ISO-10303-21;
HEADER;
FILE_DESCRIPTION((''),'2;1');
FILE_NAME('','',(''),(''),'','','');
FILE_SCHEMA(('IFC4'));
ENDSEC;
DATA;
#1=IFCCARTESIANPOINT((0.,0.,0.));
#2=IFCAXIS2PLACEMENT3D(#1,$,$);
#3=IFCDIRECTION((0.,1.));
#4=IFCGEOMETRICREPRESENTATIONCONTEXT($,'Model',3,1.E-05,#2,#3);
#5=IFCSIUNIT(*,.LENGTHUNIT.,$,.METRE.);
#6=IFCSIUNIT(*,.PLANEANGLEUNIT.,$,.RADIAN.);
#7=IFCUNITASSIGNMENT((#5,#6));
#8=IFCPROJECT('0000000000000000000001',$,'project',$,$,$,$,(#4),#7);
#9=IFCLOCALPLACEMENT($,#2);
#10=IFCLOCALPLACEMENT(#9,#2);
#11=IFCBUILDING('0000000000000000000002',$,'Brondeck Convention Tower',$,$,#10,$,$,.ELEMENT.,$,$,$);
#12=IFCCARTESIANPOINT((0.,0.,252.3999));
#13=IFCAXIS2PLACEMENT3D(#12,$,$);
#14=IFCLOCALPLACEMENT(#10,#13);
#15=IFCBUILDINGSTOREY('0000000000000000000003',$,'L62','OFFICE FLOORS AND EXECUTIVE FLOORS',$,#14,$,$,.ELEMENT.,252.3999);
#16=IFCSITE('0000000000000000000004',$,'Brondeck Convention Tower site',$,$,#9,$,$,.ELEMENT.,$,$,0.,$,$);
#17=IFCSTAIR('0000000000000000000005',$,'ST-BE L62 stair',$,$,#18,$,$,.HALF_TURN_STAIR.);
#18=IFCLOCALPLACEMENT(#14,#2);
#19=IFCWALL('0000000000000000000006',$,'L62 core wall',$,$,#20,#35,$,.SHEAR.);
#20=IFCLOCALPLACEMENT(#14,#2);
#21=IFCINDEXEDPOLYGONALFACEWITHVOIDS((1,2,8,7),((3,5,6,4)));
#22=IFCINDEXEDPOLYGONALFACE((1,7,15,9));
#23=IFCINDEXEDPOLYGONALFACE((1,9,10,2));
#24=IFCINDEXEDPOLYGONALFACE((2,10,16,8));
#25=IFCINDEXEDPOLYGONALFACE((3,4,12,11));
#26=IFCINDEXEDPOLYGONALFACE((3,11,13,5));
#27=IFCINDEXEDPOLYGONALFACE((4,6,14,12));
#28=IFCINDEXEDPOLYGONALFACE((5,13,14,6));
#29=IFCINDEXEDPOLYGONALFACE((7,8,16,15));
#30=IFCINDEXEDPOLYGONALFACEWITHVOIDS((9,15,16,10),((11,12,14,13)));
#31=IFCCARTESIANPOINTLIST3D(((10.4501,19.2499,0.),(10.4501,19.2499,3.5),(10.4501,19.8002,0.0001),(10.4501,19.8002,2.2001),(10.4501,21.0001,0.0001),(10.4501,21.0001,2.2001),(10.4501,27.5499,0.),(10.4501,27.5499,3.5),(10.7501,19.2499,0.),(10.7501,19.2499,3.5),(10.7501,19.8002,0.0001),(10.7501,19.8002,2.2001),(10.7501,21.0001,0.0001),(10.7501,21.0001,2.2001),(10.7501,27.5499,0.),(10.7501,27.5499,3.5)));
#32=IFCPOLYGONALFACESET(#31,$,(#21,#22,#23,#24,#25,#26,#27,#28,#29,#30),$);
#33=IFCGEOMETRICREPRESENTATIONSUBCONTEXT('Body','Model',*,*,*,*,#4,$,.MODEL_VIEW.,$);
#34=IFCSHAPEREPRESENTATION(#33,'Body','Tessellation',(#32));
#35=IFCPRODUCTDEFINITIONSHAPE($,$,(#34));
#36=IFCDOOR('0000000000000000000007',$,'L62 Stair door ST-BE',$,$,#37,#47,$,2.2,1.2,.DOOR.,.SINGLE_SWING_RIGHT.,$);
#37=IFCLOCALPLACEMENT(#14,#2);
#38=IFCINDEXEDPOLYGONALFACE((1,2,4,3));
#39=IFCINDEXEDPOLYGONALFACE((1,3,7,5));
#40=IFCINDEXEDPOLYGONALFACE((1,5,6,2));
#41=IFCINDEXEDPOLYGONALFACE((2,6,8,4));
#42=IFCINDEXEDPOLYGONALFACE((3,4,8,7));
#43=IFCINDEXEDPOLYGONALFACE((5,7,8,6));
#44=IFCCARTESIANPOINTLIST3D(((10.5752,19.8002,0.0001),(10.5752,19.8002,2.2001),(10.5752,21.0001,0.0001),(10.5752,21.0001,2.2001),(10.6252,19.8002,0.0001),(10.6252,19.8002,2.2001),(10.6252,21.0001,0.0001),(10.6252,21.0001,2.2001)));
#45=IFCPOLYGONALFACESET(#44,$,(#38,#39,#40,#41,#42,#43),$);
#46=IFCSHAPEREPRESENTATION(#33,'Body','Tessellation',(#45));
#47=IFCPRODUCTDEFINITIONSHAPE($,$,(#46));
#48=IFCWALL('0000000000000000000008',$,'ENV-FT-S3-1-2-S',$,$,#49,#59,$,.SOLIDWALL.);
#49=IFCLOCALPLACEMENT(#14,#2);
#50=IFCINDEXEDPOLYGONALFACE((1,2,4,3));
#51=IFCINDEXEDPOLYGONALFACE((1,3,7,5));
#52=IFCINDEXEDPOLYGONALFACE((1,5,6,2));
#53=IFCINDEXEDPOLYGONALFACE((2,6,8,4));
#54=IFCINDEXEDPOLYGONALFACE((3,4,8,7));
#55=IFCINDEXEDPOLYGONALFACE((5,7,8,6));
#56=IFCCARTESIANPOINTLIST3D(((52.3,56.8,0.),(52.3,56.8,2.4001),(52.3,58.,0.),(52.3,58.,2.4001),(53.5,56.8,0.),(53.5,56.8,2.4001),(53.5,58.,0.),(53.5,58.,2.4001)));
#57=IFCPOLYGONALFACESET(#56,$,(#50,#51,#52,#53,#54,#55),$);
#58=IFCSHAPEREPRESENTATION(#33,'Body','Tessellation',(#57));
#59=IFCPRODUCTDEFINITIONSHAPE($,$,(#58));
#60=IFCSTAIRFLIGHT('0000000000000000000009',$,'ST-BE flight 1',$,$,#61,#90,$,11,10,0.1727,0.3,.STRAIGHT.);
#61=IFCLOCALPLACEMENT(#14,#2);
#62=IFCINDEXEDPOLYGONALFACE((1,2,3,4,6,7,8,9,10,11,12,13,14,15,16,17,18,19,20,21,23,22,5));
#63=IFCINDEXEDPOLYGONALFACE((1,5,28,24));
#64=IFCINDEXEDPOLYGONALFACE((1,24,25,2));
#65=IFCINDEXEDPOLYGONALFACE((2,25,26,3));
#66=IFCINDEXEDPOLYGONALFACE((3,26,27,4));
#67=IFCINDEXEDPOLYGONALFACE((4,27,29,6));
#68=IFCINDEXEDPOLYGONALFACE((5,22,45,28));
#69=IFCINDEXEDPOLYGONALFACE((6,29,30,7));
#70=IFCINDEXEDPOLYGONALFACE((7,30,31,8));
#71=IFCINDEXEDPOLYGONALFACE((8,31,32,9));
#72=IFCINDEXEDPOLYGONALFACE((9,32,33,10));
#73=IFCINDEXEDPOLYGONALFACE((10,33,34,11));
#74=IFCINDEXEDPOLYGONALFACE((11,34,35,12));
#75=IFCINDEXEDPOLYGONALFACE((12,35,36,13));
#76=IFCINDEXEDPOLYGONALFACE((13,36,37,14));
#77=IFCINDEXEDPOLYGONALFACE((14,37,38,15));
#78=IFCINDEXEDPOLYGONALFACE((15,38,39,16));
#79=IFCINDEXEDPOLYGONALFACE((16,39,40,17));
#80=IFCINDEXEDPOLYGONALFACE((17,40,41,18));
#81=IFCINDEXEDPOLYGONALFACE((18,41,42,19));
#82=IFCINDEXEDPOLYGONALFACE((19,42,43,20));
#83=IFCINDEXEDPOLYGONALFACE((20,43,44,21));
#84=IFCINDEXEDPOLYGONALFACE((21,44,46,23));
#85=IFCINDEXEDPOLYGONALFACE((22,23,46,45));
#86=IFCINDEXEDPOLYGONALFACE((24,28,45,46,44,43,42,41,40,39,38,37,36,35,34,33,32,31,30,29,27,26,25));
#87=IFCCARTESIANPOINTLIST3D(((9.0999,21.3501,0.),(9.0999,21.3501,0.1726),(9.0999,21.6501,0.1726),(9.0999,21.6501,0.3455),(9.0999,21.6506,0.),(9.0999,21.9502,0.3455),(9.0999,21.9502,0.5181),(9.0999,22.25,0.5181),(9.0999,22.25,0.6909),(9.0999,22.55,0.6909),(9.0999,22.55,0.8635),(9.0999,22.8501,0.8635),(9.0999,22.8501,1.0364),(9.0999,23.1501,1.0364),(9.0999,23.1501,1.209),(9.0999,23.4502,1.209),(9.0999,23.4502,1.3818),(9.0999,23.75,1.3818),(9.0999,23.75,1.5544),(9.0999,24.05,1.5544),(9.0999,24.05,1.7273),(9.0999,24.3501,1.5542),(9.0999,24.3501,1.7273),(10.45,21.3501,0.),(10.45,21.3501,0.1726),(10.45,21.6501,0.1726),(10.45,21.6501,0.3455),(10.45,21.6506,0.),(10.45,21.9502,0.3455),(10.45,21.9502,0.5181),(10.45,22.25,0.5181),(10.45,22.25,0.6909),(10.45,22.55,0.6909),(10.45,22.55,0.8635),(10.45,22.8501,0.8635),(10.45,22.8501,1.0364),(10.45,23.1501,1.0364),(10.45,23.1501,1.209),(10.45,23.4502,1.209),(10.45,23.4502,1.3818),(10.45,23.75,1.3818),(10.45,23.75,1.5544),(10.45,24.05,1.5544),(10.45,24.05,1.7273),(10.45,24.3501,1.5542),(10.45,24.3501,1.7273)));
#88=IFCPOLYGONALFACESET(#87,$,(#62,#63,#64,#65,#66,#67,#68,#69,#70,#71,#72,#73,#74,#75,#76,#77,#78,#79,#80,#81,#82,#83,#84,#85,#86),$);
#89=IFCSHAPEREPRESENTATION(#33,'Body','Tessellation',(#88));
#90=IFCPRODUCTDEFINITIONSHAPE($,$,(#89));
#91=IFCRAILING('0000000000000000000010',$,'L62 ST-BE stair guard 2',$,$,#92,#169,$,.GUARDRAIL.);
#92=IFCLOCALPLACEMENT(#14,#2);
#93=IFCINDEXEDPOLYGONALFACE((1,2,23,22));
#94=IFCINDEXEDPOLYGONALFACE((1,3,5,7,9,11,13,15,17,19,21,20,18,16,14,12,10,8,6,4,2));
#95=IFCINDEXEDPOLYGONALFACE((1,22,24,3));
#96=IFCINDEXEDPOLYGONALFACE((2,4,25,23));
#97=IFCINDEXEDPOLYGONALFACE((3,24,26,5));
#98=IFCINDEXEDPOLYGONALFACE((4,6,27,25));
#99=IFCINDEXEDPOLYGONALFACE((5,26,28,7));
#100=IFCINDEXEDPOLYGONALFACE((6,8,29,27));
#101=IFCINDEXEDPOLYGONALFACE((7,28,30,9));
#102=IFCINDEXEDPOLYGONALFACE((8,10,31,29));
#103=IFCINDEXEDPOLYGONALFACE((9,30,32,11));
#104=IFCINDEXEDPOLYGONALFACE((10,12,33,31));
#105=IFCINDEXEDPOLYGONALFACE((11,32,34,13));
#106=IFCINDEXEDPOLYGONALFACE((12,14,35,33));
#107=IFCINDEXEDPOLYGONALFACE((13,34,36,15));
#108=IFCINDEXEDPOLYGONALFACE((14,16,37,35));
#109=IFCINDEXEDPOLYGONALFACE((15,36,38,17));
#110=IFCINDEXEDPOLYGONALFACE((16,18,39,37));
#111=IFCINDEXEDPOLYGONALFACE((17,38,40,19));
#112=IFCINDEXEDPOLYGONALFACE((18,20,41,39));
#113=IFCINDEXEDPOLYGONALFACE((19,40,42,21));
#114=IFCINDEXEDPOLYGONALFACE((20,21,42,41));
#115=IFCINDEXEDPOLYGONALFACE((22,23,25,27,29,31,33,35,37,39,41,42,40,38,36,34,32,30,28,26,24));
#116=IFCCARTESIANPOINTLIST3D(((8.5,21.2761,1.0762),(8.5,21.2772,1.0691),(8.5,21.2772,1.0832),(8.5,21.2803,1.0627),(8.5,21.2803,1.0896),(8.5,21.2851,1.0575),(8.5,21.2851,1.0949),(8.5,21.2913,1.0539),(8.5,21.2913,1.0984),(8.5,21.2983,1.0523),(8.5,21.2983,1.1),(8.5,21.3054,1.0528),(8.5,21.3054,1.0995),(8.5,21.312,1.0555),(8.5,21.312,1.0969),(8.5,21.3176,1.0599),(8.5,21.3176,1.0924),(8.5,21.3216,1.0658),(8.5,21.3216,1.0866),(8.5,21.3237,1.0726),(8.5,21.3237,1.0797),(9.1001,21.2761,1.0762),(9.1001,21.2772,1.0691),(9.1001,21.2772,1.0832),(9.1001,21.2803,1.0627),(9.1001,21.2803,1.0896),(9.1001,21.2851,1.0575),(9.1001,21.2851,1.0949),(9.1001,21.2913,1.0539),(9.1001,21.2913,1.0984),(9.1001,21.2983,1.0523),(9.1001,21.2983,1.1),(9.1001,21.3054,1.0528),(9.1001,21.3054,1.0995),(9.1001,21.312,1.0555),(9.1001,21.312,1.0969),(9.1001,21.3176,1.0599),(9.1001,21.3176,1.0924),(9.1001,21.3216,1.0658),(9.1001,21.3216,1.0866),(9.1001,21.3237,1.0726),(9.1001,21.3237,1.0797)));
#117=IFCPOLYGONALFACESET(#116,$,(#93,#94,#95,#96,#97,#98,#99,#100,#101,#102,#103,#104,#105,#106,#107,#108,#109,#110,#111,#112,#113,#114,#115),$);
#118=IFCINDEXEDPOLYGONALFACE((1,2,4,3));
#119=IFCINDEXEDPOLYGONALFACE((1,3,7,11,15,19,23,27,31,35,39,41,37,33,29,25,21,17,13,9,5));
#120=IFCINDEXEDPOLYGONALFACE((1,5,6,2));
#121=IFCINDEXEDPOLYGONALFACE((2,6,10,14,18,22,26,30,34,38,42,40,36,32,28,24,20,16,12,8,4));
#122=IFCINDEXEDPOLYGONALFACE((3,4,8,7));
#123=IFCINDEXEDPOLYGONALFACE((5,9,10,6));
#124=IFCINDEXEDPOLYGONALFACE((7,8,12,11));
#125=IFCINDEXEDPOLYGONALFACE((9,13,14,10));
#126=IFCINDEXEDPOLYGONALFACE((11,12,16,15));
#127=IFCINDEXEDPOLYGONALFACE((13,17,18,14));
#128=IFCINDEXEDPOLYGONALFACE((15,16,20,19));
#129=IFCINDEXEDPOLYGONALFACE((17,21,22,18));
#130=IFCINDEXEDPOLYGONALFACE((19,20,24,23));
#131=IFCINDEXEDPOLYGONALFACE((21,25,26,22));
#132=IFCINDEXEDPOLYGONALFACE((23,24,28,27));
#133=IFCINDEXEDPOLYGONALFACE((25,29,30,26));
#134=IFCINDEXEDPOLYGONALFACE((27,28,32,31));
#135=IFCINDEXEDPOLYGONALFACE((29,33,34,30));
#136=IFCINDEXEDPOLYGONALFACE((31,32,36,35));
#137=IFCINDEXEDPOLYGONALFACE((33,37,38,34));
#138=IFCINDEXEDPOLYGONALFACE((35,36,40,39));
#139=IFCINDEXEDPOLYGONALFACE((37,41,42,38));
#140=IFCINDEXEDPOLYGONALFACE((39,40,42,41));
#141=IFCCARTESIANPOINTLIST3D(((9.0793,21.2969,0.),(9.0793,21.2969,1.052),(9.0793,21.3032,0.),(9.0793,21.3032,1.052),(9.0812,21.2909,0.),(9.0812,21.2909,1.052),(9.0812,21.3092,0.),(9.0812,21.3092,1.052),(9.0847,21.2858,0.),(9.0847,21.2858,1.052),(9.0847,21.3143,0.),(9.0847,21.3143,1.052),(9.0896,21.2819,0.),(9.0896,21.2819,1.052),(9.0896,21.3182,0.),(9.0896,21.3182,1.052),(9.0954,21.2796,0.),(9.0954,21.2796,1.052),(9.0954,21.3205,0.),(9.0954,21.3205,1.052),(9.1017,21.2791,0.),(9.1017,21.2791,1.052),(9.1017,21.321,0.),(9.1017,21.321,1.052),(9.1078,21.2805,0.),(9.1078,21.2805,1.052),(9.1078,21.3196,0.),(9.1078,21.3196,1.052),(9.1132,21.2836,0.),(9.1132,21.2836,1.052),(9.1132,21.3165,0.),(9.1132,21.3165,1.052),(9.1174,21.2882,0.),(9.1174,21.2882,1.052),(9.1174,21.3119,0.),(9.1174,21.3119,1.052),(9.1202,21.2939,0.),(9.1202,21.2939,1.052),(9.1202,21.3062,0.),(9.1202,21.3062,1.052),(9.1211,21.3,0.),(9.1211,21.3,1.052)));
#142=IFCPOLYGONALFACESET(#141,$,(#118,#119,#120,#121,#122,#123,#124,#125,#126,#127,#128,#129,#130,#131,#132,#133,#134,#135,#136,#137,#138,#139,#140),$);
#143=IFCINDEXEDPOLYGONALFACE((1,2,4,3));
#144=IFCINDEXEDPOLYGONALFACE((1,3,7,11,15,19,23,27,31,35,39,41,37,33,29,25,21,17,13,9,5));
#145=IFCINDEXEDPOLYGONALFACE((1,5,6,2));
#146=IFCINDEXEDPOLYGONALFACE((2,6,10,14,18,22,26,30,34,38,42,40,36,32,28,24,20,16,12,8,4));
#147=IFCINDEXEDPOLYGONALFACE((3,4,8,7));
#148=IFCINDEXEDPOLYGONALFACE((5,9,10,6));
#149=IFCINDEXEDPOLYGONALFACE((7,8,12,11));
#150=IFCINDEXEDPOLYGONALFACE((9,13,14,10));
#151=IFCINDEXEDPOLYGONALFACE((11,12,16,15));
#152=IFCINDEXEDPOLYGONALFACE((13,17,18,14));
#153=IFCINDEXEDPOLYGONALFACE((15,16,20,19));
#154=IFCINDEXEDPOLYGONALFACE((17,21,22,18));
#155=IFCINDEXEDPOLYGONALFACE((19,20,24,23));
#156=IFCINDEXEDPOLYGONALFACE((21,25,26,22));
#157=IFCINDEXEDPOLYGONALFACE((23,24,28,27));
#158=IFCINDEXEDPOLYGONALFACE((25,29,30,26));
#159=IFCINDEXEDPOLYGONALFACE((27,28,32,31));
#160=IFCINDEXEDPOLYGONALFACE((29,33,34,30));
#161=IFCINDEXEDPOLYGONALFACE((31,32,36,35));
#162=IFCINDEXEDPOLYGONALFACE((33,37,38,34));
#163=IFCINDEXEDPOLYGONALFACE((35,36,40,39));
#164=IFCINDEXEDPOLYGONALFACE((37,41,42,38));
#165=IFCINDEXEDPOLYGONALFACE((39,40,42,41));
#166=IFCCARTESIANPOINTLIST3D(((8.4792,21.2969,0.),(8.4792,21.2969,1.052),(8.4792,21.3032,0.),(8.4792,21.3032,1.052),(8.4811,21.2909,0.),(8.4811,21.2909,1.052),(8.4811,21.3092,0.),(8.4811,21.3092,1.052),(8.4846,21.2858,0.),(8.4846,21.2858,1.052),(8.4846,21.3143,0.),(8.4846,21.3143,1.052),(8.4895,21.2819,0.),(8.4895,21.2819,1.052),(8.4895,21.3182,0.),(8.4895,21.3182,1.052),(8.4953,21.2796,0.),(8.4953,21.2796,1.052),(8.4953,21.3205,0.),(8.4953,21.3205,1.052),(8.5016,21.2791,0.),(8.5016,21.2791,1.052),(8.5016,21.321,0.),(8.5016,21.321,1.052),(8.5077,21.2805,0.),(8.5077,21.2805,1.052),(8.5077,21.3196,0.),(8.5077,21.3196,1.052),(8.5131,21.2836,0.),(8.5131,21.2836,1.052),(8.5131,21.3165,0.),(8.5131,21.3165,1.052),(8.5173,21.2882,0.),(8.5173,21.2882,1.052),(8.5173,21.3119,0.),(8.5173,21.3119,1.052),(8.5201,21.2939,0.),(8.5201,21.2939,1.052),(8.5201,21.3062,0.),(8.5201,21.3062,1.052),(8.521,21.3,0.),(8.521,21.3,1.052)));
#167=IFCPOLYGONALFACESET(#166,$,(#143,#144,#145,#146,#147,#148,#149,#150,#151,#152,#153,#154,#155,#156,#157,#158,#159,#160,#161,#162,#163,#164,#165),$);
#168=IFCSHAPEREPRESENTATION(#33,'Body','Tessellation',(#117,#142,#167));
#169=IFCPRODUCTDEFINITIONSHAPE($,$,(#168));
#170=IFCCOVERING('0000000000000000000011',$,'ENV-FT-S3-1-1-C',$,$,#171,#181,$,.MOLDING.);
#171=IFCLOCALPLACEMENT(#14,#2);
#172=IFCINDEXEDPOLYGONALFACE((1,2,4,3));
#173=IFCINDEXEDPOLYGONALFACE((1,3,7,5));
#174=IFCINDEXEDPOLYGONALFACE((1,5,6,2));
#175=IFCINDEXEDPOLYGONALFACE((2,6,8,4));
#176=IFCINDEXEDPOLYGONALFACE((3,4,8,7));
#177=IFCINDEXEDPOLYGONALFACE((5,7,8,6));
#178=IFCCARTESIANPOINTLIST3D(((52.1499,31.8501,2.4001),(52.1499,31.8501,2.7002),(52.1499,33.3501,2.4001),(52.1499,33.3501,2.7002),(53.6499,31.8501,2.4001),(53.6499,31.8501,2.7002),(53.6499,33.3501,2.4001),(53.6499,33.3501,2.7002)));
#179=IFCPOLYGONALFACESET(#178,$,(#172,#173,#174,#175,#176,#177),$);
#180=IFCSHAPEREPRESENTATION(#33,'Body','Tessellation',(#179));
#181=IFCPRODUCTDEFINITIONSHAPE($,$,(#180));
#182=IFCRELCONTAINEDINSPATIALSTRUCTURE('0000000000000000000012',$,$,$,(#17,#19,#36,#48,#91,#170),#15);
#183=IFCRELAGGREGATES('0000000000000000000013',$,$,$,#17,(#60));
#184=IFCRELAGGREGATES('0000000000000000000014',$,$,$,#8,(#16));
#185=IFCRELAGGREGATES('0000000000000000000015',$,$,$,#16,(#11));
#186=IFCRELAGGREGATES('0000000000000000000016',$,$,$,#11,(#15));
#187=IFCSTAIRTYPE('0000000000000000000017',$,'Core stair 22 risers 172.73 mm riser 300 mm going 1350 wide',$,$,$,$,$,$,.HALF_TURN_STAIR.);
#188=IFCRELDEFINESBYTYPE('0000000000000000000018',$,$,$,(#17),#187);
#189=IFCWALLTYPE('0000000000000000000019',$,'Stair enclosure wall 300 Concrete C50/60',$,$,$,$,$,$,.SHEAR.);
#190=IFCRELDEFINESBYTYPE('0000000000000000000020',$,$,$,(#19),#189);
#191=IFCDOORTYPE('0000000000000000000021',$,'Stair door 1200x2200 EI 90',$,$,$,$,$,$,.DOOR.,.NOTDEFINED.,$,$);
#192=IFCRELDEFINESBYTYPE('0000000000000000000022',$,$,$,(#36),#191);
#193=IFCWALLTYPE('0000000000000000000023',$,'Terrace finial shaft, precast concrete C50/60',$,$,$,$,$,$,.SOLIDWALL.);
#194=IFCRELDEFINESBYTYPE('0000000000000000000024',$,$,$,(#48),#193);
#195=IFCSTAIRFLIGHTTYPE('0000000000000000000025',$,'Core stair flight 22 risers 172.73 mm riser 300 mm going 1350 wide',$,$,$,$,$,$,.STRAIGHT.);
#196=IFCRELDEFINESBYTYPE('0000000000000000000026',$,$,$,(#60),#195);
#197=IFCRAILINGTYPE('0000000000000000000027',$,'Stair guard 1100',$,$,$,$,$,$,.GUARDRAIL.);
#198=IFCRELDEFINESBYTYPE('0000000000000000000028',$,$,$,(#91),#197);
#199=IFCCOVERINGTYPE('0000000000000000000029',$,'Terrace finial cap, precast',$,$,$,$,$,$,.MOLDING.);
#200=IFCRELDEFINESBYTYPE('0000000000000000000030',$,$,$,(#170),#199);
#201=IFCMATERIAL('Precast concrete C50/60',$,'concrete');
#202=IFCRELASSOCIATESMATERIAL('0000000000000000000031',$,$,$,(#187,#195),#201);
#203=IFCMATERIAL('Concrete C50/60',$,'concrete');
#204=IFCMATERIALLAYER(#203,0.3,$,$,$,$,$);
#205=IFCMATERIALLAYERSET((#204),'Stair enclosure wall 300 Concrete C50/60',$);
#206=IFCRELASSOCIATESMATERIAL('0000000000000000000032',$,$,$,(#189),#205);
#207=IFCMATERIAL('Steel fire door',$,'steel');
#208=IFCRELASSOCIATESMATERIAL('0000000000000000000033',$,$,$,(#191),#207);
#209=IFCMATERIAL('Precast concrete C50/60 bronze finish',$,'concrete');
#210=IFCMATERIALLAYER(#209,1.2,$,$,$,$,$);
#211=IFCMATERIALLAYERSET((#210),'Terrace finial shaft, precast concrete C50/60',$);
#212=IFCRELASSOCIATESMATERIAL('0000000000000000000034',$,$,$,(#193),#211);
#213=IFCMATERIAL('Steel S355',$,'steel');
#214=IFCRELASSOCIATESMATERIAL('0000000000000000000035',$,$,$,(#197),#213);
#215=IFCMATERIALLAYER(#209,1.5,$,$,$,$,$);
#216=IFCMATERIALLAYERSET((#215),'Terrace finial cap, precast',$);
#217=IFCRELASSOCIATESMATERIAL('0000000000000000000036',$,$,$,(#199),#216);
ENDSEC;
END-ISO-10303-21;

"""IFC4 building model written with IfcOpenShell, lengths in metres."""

from ifc_helpers import new_model, si_unit, direction, frame, frame_2d, origin, origin_2d, place, context, subcontext, project, spatial, polyline, rectangle, circle, outline, extrude, material, layer, layer_set, type_object, element, fill, aggregate, save


model = new_model("IFC4")

# Units and contexts
model_context = context("Model", 3, precision=1e-05, world=origin(), true_north=direction((0.0, 1.0)))
body_context = subcontext(model_context, "Body", "Model", "MODEL_VIEW")
ifc_project = project(units=[si_unit("LENGTHUNIT", "METRE"), si_unit("PLANEANGLEUNIT", "RADIAN")], contexts=[model_context])

# Site, building, storey
site_placement = place(None, origin())
site = spatial("IfcSite", under=ifc_project, at=site_placement, Name="Brondeck Convention Tower site", CompositionType="ELEMENT", RefElevation=0.0)
building_placement = place(site_placement, origin())
building = spatial("IfcBuilding", under=site, at=building_placement, Name="Brondeck Convention Tower", CompositionType="ELEMENT")
storey_placement = place(building_placement, frame((0.0, 0.0, 252.3999)))
storey = spatial("IfcBuildingStorey", under=building, at=storey_placement, Name="L62", Description="OFFICE FLOORS AND EXECUTIVE FLOORS", CompositionType="ELEMENT", Elevation=252.3999)

# Shared definitions
ifc_material_1 = material(Name="Concrete C50/60", Category="concrete")

# Shared definitions
ifc_material_2 = material(Name="Precast concrete C50/60", Category="concrete")

# Stair
stair_type = type_object("IfcStairType", Name="Core stair 22 risers 172.73 mm riser 300 mm going 1350 wide", PredefinedType="HALF_TURN_STAIR", material=ifc_material_2)
stair_1_placement = place(storey_placement, origin())
stair_1 = element("IfcStair", 1, at=stair_1_placement, inside=storey, type_object=stair_type, Name="ST-BE L62 stair", PredefinedType="HALF_TURN_STAIR")

# Shared definitions
ifc_material_3 = material(Name="Precast concrete C50/60 bronze finish", Category="concrete")
ifc_layer_1 = layer(ifc_material_1, 0.3)
ifc_layer_set_1 = layer_set([ifc_layer_1], Name="Stair enclosure wall 300 Concrete C50/60")
wall_type_1 = type_object("IfcWallType", Name="Stair enclosure wall 300 Concrete C50/60", PredefinedType="SHEAR", material=ifc_layer_set_1)

# Wall, opening, door
wall_1_placement = place(storey_placement, frame((10.6001, 19.25, 0.0), z_axis=(0.0, 0.0, 1.0), x_axis=(0.0, 1.0, 0.0)))
wall_1 = element("IfcWall", 2, at=wall_1_placement, inside=storey, type_object=wall_type_1, Name="L62 core wall", PredefinedType="SHEAR", context=body_context, shape_type="SweptSolid", body=[
    extrude(rectangle(XDim=8.3, YDim=0.3, at=frame_2d((4.1499, 0.0))), origin(), (0.0, 0.0, 1.0), 3.5),
])
opening_placement = place(wall_1_placement, frame((0.55, 0.0, 0.0)))
opening = element("IfcOpeningElement", 3, at=opening_placement, cuts=wall_1, PredefinedType="OPENING", context=body_context, shape_type="SweptSolid", body=[
    extrude(rectangle(XDim=1.2, YDim=2.2, at=frame_2d((0.6001, 1.1001))), frame((0.0, 0.1599, 0.0), z_axis=(0.0, -1.0, 0.0), x_axis=(1.0, 0.0, 0.0)), (0.0, 0.0, 1.0), 0.3201),
])
ifc_material_4 = material(Name="Steel fire door", Category="steel")
door_type = type_object("IfcDoorType", Name="Stair door 1200x2200 EI 90", OperationType="NOTDEFINED", PredefinedType="DOOR", material=ifc_material_4)
door_placement = place(opening_placement, origin())
door = element("IfcDoor", 4, at=door_placement, inside=storey, type_object=door_type, Name="L62 Stair door ST-BE", OperationType="SINGLE_SWING_RIGHT", OverallHeight=2.2, OverallWidth=1.2, PredefinedType="DOOR", context=body_context, shape_type="SweptSolid", body=[
    extrude(rectangle(XDim=1.2, YDim=2.2, at=frame_2d((0.6001, 1.1001))), frame((0.0, 0.0249, 0.0), z_axis=(0.0, -1.0, 0.0), x_axis=(1.0, 0.0, 0.0)), (0.0, 0.0, 1.0), 0.05),
])
fill(opening, door)

# Wall
ifc_layer_2 = layer(ifc_material_3, 1.2)
ifc_layer_set_2 = layer_set([ifc_layer_2], Name="Terrace finial shaft, precast concrete C50/60")
wall_type_2 = type_object("IfcWallType", Name="Terrace finial shaft, precast concrete C50/60", PredefinedType="SOLIDWALL", material=ifc_layer_set_2)
wall_2_placement = place(storey_placement, origin())
element("IfcWall", 5, at=wall_2_placement, inside=storey, type_object=wall_type_2, Name="ENV-FT-S3-1-2-S", PredefinedType="SOLIDWALL", context=body_context, shape_type="SweptSolid", body=[
    extrude(outline(polyline([(53.5, 56.8), (53.5, 58.0), (52.3, 58.0), (52.3, 56.8), (53.5, 56.8)])), origin(), (0.0, 0.0, 1.0), 2.4001),
])

# Stair flight
stair_flight_type = type_object("IfcStairFlightType", Name="Core stair flight 22 risers 172.73 mm riser 300 mm going 1350 wide", PredefinedType="STRAIGHT", material=ifc_material_2)
stair_flight_placement = place(storey_placement, frame((9.7749, 21.3501, 0.0), z_axis=(0.0, 0.0, 1.0), x_axis=(0.0, 1.0, 0.0)))
stair_flight = element("IfcStairFlight", 6, at=stair_flight_placement, type_object=stair_flight_type, Name="ST-BE flight 1", NumberOfRisers=11, NumberOfTreads=10, PredefinedType="STRAIGHT", RiserHeight=0.1727, TreadLength=0.3, context=body_context, shape_type="SweptSolid", body=[
    extrude(outline(polyline([(0.0, 0.0), (0.0, 0.1726), (0.3, 0.1726), (0.3, 0.3455), (0.6001, 0.3455), (0.6001, 0.5181), (0.8999, 0.5181), (0.8999, 0.6909), (1.2, 0.6909), (1.2, 0.8635), (1.5, 0.8635), (1.5, 1.0364), (1.8, 1.0364), (1.8, 1.209), (2.1001, 1.209), (2.1001, 1.3818), (2.3999, 1.3818), (2.3999, 1.5544), (2.7, 1.5544), (2.7, 1.7273), (3.0, 1.7273), (3.0, 1.8999), (3.0, 1.5542), (0.3005, 0.0), (0.0, 0.0)])), frame((0.0, 0.675, 0.0), z_axis=(0.0, -1.0, 0.0), x_axis=(1.0, 0.0, 0.0)), (0.0, 0.0, 1.0), 1.3501),
])
aggregate(stair_1, [stair_flight])

# Railing
ifc_material_5 = material(Name="Steel S355", Category="steel")
railing_type = type_object("IfcRailingType", Name="Stair guard 1100", PredefinedType="GUARDRAIL", material=ifc_material_5)
railing_1_placement = place(storey_placement, frame((9.1001, 21.3, 0.0)))
element("IfcRailing", 7, at=railing_1_placement, inside=storey, type_object=railing_type, Name="L62 ST-BE stair guard 2", PredefinedType="GUARDRAIL", context=body_context, shape_type="SweptSolid", body=[
    extrude(circle(Radius=0.0239, at=origin_2d()), frame((0.0, 0.0, 1.0762), z_axis=(-1.0, 0.0, 0.0), x_axis=(0.0, -1.0, 0.0)), (0.0, 0.0, 1.0), 0.6001),
    extrude(circle(Radius=0.021, at=origin_2d()), origin(), (0.0, 0.0, 1.0), 1.052),
    extrude(circle(Radius=0.021, at=origin_2d()), frame((-0.6001, 0.0, 0.0)), (0.0, 0.0, 1.0), 1.052),
])

# Covering
ifc_layer_3 = layer(ifc_material_3, 1.5)
ifc_layer_set_3 = layer_set([ifc_layer_3], Name="Terrace finial cap, precast")
covering_type = type_object("IfcCoveringType", Name="Terrace finial cap, precast", PredefinedType="MOLDING", material=ifc_layer_set_3)
covering_1_placement = place(storey_placement, frame((0.0, 0.0, 2.4001)))
element("IfcCovering", 8, at=covering_1_placement, inside=storey, type_object=covering_type, Name="ENV-FT-S3-1-1-C", PredefinedType="MOLDING", context=body_context, shape_type="SweptSolid", body=[
    extrude(outline(polyline([(53.6499, 31.8501), (53.6499, 33.3501), (52.1499, 33.3501), (52.1499, 31.8501), (53.6499, 31.8501)])), origin(), (0.0, 0.0, 1.0), 0.3),
])

save(model, "model.ifc")
